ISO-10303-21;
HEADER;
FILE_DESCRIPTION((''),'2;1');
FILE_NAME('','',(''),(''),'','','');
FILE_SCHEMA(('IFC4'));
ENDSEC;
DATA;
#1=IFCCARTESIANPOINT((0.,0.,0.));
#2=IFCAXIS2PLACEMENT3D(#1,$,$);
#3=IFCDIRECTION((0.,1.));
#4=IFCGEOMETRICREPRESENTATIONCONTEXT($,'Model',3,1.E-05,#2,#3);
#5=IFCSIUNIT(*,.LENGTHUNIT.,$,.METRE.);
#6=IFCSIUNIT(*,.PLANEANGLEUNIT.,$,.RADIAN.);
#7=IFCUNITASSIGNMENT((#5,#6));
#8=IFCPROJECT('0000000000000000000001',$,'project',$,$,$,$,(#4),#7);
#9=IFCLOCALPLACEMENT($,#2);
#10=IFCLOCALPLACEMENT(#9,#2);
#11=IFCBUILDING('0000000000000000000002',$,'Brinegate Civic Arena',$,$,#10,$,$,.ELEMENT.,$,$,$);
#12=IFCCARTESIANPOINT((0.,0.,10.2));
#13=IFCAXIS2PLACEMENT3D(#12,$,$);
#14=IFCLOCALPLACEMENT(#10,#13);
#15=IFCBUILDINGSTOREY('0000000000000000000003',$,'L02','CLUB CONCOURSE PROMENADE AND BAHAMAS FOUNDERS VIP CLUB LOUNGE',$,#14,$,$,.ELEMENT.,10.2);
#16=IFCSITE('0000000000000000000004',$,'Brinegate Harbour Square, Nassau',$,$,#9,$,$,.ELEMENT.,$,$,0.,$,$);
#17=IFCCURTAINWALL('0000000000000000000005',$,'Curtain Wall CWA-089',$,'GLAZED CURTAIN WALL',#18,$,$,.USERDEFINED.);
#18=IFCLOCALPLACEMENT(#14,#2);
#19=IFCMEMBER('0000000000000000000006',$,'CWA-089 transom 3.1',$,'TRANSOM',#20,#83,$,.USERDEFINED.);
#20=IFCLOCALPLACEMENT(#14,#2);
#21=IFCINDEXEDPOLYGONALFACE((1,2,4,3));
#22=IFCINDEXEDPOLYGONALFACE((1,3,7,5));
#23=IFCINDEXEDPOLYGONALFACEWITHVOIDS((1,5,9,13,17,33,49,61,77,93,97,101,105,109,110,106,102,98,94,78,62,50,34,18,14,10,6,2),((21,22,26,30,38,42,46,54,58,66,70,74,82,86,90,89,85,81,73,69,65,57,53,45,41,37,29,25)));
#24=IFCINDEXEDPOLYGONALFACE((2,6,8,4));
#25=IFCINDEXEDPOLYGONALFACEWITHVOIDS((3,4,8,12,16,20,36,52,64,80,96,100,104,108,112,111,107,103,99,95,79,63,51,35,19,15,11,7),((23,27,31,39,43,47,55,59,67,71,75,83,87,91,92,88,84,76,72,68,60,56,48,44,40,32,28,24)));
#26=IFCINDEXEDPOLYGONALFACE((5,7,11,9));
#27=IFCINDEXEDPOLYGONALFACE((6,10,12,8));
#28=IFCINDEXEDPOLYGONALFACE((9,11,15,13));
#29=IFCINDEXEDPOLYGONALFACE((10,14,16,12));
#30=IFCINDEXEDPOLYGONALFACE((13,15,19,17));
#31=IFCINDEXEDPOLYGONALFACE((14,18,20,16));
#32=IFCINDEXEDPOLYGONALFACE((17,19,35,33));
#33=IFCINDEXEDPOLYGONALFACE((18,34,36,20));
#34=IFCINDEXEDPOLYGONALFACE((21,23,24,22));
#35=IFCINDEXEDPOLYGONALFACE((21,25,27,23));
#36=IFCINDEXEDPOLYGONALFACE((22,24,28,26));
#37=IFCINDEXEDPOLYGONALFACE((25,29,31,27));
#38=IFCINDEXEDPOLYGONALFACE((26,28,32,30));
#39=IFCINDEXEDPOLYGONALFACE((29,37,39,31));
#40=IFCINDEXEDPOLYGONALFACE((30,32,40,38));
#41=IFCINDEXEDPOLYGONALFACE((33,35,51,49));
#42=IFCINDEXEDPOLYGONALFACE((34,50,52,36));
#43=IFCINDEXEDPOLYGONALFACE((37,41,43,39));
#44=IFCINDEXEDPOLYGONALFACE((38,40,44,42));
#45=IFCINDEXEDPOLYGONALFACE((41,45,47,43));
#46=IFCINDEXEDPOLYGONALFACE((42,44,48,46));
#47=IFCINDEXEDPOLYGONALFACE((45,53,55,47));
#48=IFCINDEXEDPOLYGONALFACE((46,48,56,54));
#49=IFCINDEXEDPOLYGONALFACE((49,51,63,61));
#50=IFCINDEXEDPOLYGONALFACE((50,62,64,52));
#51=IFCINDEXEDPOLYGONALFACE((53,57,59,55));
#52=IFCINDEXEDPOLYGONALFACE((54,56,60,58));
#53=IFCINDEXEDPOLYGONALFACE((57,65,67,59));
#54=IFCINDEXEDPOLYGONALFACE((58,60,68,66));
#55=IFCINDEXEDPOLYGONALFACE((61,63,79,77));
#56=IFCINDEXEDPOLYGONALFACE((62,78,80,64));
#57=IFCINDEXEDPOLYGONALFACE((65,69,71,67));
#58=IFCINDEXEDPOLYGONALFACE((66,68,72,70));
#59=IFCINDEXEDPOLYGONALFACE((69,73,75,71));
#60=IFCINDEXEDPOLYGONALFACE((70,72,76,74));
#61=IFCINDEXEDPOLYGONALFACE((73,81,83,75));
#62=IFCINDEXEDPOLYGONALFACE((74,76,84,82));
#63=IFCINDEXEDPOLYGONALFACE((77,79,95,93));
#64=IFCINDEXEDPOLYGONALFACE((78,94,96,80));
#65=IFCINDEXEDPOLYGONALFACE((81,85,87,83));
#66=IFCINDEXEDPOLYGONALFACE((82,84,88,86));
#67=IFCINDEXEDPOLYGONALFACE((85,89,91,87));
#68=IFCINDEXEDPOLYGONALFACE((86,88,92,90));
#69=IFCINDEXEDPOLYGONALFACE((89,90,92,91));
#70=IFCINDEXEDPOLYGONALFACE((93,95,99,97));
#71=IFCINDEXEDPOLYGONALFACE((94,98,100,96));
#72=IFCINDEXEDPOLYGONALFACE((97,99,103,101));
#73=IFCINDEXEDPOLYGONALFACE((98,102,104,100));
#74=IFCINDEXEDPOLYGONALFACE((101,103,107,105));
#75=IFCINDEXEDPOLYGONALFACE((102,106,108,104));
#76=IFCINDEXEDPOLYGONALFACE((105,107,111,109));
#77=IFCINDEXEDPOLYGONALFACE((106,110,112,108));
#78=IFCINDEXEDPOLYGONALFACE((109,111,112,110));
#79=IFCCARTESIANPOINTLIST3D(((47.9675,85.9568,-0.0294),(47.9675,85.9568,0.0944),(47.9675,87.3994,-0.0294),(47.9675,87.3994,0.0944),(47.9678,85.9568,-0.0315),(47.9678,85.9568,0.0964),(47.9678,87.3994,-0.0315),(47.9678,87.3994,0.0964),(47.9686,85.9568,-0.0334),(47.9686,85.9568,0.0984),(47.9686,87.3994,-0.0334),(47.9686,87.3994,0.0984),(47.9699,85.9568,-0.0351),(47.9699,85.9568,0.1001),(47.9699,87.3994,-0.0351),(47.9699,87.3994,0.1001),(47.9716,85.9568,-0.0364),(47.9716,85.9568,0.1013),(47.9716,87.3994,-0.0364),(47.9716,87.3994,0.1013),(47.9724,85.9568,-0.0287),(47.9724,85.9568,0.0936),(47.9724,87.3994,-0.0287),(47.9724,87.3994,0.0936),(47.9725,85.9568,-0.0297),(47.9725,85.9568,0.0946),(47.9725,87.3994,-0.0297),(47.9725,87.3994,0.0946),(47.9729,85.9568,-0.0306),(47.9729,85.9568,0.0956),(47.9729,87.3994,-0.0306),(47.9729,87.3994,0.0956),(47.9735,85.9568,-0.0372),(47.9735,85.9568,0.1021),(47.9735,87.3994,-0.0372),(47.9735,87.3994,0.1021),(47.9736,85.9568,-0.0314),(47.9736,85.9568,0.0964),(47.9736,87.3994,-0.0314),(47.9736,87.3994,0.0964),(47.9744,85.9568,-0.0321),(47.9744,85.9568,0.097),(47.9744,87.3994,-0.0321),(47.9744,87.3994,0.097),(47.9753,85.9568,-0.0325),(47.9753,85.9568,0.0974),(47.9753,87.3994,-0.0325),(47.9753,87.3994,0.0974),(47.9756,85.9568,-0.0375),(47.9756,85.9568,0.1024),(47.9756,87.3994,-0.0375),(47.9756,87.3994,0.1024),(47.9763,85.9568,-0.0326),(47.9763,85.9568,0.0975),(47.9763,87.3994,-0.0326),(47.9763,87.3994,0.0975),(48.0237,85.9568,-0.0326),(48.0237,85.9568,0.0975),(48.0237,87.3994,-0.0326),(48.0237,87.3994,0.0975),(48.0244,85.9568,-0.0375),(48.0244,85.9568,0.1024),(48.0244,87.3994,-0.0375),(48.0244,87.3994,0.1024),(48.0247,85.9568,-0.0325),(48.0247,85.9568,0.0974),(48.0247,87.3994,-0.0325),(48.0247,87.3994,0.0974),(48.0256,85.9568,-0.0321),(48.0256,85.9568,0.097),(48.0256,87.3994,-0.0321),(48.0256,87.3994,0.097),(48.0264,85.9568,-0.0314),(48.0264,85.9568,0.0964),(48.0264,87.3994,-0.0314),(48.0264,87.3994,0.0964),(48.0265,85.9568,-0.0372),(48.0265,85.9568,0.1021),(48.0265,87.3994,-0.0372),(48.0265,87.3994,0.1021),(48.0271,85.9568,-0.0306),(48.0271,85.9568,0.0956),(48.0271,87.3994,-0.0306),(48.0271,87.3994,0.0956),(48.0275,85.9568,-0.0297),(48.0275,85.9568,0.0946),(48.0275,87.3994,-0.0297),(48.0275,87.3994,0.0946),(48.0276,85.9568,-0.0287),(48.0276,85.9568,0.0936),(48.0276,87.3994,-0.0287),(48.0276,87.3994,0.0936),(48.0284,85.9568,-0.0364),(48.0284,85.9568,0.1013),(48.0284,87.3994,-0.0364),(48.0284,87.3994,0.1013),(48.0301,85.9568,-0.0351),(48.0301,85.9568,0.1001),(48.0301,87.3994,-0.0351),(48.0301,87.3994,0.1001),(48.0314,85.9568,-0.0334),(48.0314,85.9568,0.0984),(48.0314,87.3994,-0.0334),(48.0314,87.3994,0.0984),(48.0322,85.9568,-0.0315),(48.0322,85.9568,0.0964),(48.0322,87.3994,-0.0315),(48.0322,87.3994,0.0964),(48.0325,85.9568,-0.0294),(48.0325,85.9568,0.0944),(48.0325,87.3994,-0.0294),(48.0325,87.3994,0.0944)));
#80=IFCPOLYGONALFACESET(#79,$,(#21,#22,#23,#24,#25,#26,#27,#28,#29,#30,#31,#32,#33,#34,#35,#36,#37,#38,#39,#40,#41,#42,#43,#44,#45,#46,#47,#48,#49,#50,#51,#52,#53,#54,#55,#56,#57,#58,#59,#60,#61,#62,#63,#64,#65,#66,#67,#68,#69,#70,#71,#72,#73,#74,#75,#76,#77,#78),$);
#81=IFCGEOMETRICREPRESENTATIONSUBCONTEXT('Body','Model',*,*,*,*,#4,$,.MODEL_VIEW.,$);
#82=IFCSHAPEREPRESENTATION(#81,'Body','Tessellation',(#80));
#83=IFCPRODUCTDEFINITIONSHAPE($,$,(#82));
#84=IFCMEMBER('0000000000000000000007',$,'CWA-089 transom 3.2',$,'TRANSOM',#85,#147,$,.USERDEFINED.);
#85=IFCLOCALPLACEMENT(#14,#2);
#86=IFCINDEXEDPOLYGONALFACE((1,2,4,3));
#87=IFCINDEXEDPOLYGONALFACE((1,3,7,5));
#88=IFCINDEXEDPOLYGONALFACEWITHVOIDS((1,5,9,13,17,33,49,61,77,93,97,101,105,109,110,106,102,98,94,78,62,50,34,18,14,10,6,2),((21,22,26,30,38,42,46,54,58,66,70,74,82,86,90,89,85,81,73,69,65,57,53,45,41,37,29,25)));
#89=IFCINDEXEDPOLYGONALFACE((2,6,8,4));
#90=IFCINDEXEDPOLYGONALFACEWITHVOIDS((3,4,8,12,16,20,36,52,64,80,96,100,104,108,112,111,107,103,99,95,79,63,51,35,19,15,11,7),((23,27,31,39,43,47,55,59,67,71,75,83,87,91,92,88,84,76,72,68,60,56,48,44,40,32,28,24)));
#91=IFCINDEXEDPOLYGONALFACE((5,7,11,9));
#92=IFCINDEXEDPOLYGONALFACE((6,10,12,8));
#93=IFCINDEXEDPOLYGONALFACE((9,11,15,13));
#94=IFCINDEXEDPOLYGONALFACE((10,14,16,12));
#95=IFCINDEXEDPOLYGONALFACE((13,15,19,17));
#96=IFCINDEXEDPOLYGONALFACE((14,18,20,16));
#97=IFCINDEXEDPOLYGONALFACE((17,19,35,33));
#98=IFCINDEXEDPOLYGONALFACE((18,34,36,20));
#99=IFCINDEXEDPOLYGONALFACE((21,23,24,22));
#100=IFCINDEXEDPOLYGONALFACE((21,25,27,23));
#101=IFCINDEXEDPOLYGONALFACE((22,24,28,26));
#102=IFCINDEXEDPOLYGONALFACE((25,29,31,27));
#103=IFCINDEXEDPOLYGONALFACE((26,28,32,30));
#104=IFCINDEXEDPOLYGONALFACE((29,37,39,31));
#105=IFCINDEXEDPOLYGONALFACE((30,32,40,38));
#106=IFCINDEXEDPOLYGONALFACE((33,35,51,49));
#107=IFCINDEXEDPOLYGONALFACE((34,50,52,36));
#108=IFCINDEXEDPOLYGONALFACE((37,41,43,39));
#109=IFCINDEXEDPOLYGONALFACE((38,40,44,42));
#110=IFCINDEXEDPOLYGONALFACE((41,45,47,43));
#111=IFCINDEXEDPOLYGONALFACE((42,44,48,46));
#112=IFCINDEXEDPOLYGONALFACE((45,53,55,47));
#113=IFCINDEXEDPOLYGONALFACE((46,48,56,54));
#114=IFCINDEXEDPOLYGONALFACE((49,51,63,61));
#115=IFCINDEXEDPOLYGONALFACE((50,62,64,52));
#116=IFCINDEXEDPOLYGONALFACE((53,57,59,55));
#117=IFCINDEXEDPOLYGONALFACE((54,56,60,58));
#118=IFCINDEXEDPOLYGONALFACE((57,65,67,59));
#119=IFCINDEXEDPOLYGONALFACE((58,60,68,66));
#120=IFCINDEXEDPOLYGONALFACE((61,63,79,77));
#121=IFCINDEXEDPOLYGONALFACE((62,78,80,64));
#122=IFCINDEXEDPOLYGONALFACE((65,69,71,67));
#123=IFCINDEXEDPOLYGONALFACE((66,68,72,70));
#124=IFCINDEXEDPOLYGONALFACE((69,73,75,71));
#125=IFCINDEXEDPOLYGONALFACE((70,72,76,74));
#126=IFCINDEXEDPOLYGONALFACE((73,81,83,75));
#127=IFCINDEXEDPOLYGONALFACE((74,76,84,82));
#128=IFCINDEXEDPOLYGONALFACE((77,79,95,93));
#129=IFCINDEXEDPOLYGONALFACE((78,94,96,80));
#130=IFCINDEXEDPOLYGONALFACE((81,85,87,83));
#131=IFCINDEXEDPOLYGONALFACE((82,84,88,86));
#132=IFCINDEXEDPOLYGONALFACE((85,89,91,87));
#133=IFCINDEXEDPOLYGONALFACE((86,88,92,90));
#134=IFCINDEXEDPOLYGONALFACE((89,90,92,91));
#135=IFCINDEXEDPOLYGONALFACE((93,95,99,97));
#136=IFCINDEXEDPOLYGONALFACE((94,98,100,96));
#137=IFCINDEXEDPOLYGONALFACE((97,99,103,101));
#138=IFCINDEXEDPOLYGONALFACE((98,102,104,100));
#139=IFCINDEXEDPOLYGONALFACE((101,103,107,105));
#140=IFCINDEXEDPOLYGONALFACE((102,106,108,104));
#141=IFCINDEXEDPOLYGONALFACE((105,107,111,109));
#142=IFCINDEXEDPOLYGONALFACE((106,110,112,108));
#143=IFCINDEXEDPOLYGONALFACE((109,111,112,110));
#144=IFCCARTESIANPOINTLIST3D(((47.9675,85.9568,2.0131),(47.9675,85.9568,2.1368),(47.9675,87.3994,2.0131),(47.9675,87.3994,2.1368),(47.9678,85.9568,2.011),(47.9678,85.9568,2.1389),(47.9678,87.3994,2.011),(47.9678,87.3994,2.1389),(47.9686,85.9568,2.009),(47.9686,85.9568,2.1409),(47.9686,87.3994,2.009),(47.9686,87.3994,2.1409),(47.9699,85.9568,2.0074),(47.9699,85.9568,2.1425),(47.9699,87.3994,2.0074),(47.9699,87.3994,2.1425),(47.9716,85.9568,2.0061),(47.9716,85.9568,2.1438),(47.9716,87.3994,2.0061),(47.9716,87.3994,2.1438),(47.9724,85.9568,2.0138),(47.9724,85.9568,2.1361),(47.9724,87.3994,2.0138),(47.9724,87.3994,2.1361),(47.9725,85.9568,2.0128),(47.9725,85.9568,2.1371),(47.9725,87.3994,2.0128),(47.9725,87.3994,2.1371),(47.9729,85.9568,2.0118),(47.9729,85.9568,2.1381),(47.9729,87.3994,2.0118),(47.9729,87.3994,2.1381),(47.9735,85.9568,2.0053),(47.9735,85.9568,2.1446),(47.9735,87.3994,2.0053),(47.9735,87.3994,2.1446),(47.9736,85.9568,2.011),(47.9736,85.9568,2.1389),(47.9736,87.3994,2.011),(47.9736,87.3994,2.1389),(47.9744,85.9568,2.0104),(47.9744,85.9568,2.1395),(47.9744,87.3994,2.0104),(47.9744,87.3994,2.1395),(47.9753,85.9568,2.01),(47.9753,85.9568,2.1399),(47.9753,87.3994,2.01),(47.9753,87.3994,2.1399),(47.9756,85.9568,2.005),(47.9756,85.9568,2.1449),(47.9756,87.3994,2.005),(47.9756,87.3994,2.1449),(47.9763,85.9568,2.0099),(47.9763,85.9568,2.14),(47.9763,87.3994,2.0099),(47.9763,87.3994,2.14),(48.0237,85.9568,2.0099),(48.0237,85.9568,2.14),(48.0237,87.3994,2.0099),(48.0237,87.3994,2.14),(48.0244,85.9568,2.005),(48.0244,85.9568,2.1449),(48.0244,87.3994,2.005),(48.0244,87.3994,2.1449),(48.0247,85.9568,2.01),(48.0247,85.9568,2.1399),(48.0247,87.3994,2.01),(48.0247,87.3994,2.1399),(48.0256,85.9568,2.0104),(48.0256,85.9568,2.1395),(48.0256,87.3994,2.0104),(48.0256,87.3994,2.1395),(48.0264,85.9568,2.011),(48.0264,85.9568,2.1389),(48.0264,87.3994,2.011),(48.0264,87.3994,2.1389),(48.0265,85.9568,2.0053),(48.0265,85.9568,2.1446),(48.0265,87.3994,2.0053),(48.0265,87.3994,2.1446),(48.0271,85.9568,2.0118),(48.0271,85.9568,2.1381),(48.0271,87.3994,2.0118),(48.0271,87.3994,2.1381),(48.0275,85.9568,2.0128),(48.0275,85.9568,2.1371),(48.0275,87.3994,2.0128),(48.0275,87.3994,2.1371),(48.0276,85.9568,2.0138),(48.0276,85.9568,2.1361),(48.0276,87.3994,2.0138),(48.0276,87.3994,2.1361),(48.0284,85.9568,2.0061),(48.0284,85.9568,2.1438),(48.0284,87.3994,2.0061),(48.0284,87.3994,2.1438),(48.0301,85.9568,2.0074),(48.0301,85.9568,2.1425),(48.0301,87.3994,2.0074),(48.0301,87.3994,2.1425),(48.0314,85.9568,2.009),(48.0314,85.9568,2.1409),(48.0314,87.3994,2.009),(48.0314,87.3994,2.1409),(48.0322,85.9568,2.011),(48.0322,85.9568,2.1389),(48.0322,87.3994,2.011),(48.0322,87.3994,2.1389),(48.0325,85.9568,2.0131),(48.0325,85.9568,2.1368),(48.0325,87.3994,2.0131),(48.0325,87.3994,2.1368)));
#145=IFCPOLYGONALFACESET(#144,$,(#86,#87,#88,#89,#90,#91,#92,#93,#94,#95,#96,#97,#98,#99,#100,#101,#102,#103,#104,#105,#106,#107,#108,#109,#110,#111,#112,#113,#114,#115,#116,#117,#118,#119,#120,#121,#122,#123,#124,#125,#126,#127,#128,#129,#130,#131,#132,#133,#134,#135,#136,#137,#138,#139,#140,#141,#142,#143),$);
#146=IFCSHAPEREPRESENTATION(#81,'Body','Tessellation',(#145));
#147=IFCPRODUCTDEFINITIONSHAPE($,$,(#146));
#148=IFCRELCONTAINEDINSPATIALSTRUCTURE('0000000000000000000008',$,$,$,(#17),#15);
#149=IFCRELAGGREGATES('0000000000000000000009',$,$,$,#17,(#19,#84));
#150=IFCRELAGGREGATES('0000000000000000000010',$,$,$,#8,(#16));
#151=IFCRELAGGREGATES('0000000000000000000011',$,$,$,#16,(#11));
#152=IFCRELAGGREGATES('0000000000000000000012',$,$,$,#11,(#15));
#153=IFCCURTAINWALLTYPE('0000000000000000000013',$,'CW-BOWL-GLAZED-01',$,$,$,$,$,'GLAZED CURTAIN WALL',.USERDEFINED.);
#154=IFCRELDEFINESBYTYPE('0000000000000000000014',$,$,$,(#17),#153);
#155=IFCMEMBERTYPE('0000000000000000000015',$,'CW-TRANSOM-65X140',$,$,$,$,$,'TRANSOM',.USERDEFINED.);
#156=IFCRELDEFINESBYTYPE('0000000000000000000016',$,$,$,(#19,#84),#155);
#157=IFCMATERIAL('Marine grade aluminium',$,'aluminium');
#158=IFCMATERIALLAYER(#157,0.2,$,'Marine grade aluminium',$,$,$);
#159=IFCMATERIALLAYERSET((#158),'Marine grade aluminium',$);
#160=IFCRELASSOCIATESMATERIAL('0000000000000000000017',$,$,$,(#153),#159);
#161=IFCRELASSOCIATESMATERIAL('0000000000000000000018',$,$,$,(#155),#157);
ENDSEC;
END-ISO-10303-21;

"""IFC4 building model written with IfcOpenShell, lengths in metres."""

from ifc_helpers import new_model, si_unit, direction, frame, origin, origin_2d, place, context, subcontext, project, spatial, hollow_rectangle, extrude, material, layer, layer_set, material_profile, profile_set, type_object, element, aggregate, save


model = new_model("IFC4")

# Units and contexts
model_context = context("Model", 3, precision=1e-05, world=origin(), true_north=direction((0.0, 1.0)))
body_context = subcontext(model_context, "Body", "Model", "MODEL_VIEW")
ifc_project = project(units=[si_unit("LENGTHUNIT", "METRE"), si_unit("PLANEANGLEUNIT", "RADIAN")], contexts=[model_context])

# Site, building, storey
site_placement = place(None, origin())
site = spatial("IfcSite", under=ifc_project, at=site_placement, Name="Brinegate Harbour Square, Nassau", CompositionType="ELEMENT", RefElevation=0.0)
building_placement = place(site_placement, origin())
building = spatial("IfcBuilding", under=site, at=building_placement, Name="Brinegate Civic Arena", CompositionType="ELEMENT")
storey_placement = place(building_placement, frame((0.0, 0.0, 10.2)))
storey = spatial("IfcBuildingStorey", under=building, at=storey_placement, Name="L02", Description="CLUB CONCOURSE PROMENADE AND BAHAMAS FOUNDERS VIP CLUB LOUNGE", CompositionType="ELEMENT", Elevation=10.2)

# Curtain wall, members
ifc_material_1 = material(Name="Marine grade aluminium", Category="aluminium")
ifc_layer_1 = layer(ifc_material_1, 0.2, Name="Marine grade aluminium")
ifc_layer_set_1 = layer_set([ifc_layer_1], Name="Marine grade aluminium")
curtain_wall_type_1 = type_object("IfcCurtainWallType", Name="CW-BOWL-GLAZED-01", ElementType="GLAZED CURTAIN WALL", PredefinedType="USERDEFINED", material=ifc_layer_set_1)
curtain_wall_1_placement = place(storey_placement, origin())
curtain_wall_1 = element("IfcCurtainWall", 1, at=curtain_wall_1_placement, inside=storey, type_object=curtain_wall_type_1, Name="Curtain Wall CWA-089", ObjectType="GLAZED CURTAIN WALL", PredefinedType="USERDEFINED")
ifc_material_profile_1 = material_profile(ifc_material_1, hollow_rectangle(XDim=0.0649, YDim=0.1399, WallThickness=0.0049, InnerFilletRadius=0.0039, OuterFilletRadius=0.0081, at=origin_2d()), Name="TRN65X140")
ifc_profile_set_1 = profile_set([ifc_material_profile_1], Name="Marine grade aluminium")
member_type_1 = type_object("IfcMemberType", Name="CW-TRANSOM-65X140", ElementType="TRANSOM", PredefinedType="USERDEFINED", material=ifc_profile_set_1)
member_1_placement = place(storey_placement, frame((48.0, 85.9568, 0.0325), z_axis=(0.0, 1.0, 0.0), x_axis=(-1.0, 0.0, 0.0)))
member_1 = element("IfcMember", 2, at=member_1_placement, type_object=member_type_1, Name="CWA-089 transom 3.1", ObjectType="TRANSOM", PredefinedType="USERDEFINED", context=body_context, shape_type="SweptSolid", body=[
    extrude(hollow_rectangle(XDim=0.0649, YDim=0.1399, WallThickness=0.0049, InnerFilletRadius=0.0039, OuterFilletRadius=0.0081, at=origin_2d()), origin(), (0.0, 0.0, 1.0), 1.4426),
])
member_2_placement = place(storey_placement, frame((48.0, 85.9568, 2.075), z_axis=(0.0, 1.0, 0.0), x_axis=(-1.0, 0.0, 0.0)))
member_2 = element("IfcMember", 3, at=member_2_placement, type_object=member_type_1, Name="CWA-089 transom 3.2", ObjectType="TRANSOM", PredefinedType="USERDEFINED", context=body_context, shape_type="SweptSolid", body=[
    extrude(hollow_rectangle(XDim=0.0649, YDim=0.1399, WallThickness=0.0049, InnerFilletRadius=0.0039, OuterFilletRadius=0.0081, at=origin_2d()), origin(), (0.0, 0.0, 1.0), 1.4426),
])

aggregate(curtain_wall_1, [member_1, member_2])

save(model, "model.ifc")
